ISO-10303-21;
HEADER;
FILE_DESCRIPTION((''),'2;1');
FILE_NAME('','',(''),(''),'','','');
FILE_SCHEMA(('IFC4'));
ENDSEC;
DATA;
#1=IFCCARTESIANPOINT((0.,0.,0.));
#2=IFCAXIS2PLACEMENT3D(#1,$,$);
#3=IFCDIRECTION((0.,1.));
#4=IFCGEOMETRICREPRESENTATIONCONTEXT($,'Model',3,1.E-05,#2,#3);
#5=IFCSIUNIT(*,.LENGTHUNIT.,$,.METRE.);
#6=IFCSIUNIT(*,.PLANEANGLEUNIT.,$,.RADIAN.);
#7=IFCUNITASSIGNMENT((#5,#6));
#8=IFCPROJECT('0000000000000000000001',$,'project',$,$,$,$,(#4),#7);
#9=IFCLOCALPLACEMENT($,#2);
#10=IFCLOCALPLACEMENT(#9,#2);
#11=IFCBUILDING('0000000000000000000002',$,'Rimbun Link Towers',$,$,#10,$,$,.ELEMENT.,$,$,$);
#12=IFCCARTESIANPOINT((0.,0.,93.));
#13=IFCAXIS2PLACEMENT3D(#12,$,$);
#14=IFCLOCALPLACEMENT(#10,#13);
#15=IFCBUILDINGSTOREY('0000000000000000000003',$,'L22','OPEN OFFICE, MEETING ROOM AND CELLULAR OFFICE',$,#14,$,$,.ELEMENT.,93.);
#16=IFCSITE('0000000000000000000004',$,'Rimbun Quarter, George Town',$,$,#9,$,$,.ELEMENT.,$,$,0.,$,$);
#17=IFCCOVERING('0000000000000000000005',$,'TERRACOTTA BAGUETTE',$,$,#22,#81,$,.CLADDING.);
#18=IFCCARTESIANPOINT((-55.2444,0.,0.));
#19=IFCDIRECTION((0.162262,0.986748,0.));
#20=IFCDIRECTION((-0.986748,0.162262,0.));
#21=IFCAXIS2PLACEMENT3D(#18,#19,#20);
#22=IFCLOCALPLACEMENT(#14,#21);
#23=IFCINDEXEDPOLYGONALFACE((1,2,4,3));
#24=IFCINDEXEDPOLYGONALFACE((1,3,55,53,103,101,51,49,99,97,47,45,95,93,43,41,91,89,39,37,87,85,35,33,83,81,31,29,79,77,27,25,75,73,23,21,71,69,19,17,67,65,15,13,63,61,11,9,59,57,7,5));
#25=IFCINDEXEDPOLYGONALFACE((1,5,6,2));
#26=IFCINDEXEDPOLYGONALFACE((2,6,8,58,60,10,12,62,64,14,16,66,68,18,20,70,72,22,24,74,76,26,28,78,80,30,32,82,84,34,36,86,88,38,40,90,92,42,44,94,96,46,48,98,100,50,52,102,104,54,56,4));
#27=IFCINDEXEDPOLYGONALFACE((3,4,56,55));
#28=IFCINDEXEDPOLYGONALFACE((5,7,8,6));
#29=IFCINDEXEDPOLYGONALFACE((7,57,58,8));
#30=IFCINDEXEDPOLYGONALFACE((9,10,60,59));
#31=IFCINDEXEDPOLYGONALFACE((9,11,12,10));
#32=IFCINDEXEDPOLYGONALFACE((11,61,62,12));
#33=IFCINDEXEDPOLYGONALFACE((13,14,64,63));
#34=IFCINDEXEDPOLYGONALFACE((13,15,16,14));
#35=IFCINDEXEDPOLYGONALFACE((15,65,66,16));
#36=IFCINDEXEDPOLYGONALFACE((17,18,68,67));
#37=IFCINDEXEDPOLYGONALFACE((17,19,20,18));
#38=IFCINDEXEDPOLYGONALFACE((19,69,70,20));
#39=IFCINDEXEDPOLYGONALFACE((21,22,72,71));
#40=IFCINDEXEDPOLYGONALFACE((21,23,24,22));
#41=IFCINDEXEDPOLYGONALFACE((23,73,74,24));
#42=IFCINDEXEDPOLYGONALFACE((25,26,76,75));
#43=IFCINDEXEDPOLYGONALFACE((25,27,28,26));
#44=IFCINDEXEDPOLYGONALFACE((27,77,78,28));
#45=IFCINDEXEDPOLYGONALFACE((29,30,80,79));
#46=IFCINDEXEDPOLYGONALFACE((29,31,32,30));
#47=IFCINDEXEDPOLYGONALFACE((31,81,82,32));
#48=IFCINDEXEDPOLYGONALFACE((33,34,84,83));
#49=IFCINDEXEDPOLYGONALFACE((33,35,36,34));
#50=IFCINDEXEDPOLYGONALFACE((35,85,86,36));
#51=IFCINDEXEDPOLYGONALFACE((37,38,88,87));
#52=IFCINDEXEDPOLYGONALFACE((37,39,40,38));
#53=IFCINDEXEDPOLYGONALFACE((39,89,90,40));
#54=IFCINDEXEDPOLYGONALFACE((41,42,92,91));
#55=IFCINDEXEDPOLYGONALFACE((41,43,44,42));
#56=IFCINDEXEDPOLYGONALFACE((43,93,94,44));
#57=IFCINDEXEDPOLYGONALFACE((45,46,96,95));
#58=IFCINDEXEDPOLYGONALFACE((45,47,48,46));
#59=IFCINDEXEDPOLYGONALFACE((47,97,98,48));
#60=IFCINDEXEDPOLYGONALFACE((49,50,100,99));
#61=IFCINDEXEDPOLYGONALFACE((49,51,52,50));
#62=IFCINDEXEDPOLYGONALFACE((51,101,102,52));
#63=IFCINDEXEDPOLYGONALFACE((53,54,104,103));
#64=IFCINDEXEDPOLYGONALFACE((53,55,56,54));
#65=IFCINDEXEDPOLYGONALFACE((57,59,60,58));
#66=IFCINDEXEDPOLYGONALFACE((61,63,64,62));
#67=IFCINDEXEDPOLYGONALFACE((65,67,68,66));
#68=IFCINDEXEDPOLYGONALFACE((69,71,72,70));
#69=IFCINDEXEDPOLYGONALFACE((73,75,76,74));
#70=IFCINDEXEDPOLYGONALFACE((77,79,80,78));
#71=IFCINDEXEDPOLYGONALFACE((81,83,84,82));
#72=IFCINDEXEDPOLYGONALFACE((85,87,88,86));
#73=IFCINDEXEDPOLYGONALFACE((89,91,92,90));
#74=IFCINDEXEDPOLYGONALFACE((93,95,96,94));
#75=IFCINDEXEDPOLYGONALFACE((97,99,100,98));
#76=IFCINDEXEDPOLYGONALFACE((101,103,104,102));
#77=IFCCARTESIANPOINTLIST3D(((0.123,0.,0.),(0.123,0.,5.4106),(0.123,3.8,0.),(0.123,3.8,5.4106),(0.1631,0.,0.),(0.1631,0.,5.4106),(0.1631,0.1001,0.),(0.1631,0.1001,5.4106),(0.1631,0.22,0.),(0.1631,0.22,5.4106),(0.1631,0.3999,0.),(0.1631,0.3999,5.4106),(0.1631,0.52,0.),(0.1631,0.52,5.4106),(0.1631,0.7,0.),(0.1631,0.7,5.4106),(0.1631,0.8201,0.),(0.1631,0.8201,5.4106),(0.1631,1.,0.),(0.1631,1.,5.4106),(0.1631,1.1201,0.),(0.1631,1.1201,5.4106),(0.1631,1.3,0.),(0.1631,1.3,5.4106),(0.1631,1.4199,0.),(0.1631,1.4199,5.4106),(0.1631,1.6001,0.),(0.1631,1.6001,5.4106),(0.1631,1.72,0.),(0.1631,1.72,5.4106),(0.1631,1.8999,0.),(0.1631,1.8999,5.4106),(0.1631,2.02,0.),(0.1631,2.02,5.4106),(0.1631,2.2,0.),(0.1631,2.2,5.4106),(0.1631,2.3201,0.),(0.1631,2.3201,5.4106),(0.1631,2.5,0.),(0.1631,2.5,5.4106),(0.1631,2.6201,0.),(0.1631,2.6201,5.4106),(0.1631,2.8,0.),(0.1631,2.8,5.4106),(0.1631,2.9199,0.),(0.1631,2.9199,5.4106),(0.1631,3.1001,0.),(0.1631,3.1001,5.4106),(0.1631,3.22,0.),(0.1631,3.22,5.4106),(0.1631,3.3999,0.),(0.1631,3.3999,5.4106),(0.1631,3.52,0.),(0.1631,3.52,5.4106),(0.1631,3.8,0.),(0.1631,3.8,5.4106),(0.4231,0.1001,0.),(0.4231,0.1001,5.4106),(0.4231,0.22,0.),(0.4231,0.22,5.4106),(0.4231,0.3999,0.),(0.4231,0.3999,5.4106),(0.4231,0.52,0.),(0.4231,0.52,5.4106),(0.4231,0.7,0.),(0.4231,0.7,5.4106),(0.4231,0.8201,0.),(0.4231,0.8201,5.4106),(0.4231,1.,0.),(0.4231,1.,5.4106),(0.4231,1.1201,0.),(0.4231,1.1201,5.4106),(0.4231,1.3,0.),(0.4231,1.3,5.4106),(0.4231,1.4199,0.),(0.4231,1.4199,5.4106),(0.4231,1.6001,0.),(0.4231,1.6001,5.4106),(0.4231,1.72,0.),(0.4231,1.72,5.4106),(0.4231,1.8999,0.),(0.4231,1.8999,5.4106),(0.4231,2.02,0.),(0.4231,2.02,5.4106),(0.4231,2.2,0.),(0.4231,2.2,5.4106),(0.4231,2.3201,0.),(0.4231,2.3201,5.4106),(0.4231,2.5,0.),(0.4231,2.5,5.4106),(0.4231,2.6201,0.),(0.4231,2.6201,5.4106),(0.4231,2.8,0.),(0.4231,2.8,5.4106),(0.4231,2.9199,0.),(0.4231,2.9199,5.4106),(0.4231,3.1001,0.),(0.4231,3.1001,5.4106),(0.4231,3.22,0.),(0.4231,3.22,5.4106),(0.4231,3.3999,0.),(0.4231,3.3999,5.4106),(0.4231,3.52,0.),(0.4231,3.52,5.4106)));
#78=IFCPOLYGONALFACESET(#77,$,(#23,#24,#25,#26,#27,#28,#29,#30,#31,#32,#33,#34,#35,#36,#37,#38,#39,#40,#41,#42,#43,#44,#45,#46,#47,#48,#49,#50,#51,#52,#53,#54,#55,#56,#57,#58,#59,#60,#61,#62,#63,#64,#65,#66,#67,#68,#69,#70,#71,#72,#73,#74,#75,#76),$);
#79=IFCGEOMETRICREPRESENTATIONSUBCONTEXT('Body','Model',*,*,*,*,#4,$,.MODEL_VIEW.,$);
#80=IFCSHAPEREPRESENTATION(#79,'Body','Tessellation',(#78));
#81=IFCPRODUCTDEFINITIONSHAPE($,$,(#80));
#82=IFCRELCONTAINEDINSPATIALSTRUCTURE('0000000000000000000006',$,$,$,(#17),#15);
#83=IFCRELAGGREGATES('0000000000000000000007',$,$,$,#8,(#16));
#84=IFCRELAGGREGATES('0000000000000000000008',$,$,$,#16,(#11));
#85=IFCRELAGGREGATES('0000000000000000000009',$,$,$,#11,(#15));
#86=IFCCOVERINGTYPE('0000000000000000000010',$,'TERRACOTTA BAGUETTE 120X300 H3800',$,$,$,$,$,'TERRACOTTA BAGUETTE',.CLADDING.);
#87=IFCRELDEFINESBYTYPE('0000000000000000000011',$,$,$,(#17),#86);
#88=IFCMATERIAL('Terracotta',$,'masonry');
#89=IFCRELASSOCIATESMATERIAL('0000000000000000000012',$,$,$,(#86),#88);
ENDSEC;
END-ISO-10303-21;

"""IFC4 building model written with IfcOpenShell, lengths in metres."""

from ifc_helpers import new_model, si_unit, direction, frame, origin, place, context, subcontext, project, spatial, polyline, outline, extrude, material, material_profile, profile_set, type_object, element, save


model = new_model("IFC4")

# Units and contexts
model_context = context("Model", 3, precision=1e-05, world=origin(), true_north=direction((0.0, 1.0)))
body_context = subcontext(model_context, "Body", "Model", "MODEL_VIEW")
ifc_project = project(units=[si_unit("LENGTHUNIT", "METRE"), si_unit("PLANEANGLEUNIT", "RADIAN")], contexts=[model_context])

# Site, building, storey
site_placement = place(None, origin())
site = spatial("IfcSite", under=ifc_project, at=site_placement, Name="Rimbun Quarter, George Town", CompositionType="ELEMENT", RefElevation=0.0)
building_placement = place(site_placement, origin())
building = spatial("IfcBuilding", under=site, at=building_placement, Name="Rimbun Link Towers", CompositionType="ELEMENT")
storey_placement = place(building_placement, frame((0.0, 0.0, 93.0)))
storey = spatial("IfcBuildingStorey", under=building, at=storey_placement, Name="L22", Description="OPEN OFFICE, MEETING ROOM AND CELLULAR OFFICE", CompositionType="ELEMENT", Elevation=93.0)

# Covering
ifc_material_1 = material(Name="Terracotta", Category="masonry")
ifc_material_profile_1 = material_profile(ifc_material_1, outline(polyline([(0.123, 0.0), (0.1631, 0.0), (0.1631, 0.1001), (0.4231, 0.1001), (0.4231, 0.22), (0.1631, 0.22), (0.1631, 0.3999), (0.4231, 0.3999), (0.4231, 0.52), (0.1631, 0.52), (0.1631, 0.7), (0.4231, 0.7), (0.4231, 0.8201), (0.1631, 0.8201), (0.1631, 1.0), (0.4231, 1.0), (0.4231, 1.1201), (0.1631, 1.1201), (0.1631, 1.3), (0.4231, 1.3), (0.4231, 1.4199), (0.1631, 1.4199), (0.1631, 1.6001), (0.4231, 1.6001), (0.4231, 1.72), (0.1631, 1.72), (0.1631, 1.8999), (0.4231, 1.8999), (0.4231, 2.02), (0.1631, 2.02), (0.1631, 2.2), (0.4231, 2.2), (0.4231, 2.3201), (0.1631, 2.3201), (0.1631, 2.5), (0.4231, 2.5), (0.4231, 2.6201), (0.1631, 2.6201), (0.1631, 2.8), (0.4231, 2.8), (0.4231, 2.9199), (0.1631, 2.9199), (0.1631, 3.1001), (0.4231, 3.1001), (0.4231, 3.22), (0.1631, 3.22), (0.1631, 3.3999), (0.4231, 3.3999), (0.4231, 3.52), (0.1631, 3.52), (0.1631, 3.8), (0.123, 3.8), (0.123, 0.0)])), Name="BAGUETTE 120X300")
ifc_profile_set_1 = profile_set([ifc_material_profile_1], Name="Terracotta")
covering_type = type_object("IfcCoveringType", Name="TERRACOTTA BAGUETTE 120X300 H3800", ElementType="TERRACOTTA BAGUETTE", PredefinedType="CLADDING", material=ifc_profile_set_1)
covering_placement = place(storey_placement, frame((-55.2444, 0.0, 0.0), z_axis=(0.162262, 0.986748, 0.0), x_axis=(-0.986748, 0.162262, 0.0)))
element("IfcCovering", 1, at=covering_placement, inside=storey, type_object=covering_type, Name="TERRACOTTA BAGUETTE", PredefinedType="CLADDING", context=body_context, shape_type="SweptSolid", body=[
    extrude(outline(polyline([(0.123, 0.0), (0.1631, 0.0), (0.1631, 0.1001), (0.4231, 0.1001), (0.4231, 0.22), (0.1631, 0.22), (0.1631, 0.3999), (0.4231, 0.3999), (0.4231, 0.52), (0.1631, 0.52), (0.1631, 0.7), (0.4231, 0.7), (0.4231, 0.8201), (0.1631, 0.8201), (0.1631, 1.0), (0.4231, 1.0), (0.4231, 1.1201), (0.1631, 1.1201), (0.1631, 1.3), (0.4231, 1.3), (0.4231, 1.4199), (0.1631, 1.4199), (0.1631, 1.6001), (0.4231, 1.6001), (0.4231, 1.72), (0.1631, 1.72), (0.1631, 1.8999), (0.4231, 1.8999), (0.4231, 2.02), (0.1631, 2.02), (0.1631, 2.2), (0.4231, 2.2), (0.4231, 2.3201), (0.1631, 2.3201), (0.1631, 2.5), (0.4231, 2.5), (0.4231, 2.6201), (0.1631, 2.6201), (0.1631, 2.8), (0.4231, 2.8), (0.4231, 2.9199), (0.1631, 2.9199), (0.1631, 3.1001), (0.4231, 3.1001), (0.4231, 3.22), (0.1631, 3.22), (0.1631, 3.3999), (0.4231, 3.3999), (0.4231, 3.52), (0.1631, 3.52), (0.1631, 3.8), (0.123, 3.8), (0.123, 0.0)])), origin(), (0.0, 0.0, 1.0), 5.4106),
])

save(model, "model.ifc")
